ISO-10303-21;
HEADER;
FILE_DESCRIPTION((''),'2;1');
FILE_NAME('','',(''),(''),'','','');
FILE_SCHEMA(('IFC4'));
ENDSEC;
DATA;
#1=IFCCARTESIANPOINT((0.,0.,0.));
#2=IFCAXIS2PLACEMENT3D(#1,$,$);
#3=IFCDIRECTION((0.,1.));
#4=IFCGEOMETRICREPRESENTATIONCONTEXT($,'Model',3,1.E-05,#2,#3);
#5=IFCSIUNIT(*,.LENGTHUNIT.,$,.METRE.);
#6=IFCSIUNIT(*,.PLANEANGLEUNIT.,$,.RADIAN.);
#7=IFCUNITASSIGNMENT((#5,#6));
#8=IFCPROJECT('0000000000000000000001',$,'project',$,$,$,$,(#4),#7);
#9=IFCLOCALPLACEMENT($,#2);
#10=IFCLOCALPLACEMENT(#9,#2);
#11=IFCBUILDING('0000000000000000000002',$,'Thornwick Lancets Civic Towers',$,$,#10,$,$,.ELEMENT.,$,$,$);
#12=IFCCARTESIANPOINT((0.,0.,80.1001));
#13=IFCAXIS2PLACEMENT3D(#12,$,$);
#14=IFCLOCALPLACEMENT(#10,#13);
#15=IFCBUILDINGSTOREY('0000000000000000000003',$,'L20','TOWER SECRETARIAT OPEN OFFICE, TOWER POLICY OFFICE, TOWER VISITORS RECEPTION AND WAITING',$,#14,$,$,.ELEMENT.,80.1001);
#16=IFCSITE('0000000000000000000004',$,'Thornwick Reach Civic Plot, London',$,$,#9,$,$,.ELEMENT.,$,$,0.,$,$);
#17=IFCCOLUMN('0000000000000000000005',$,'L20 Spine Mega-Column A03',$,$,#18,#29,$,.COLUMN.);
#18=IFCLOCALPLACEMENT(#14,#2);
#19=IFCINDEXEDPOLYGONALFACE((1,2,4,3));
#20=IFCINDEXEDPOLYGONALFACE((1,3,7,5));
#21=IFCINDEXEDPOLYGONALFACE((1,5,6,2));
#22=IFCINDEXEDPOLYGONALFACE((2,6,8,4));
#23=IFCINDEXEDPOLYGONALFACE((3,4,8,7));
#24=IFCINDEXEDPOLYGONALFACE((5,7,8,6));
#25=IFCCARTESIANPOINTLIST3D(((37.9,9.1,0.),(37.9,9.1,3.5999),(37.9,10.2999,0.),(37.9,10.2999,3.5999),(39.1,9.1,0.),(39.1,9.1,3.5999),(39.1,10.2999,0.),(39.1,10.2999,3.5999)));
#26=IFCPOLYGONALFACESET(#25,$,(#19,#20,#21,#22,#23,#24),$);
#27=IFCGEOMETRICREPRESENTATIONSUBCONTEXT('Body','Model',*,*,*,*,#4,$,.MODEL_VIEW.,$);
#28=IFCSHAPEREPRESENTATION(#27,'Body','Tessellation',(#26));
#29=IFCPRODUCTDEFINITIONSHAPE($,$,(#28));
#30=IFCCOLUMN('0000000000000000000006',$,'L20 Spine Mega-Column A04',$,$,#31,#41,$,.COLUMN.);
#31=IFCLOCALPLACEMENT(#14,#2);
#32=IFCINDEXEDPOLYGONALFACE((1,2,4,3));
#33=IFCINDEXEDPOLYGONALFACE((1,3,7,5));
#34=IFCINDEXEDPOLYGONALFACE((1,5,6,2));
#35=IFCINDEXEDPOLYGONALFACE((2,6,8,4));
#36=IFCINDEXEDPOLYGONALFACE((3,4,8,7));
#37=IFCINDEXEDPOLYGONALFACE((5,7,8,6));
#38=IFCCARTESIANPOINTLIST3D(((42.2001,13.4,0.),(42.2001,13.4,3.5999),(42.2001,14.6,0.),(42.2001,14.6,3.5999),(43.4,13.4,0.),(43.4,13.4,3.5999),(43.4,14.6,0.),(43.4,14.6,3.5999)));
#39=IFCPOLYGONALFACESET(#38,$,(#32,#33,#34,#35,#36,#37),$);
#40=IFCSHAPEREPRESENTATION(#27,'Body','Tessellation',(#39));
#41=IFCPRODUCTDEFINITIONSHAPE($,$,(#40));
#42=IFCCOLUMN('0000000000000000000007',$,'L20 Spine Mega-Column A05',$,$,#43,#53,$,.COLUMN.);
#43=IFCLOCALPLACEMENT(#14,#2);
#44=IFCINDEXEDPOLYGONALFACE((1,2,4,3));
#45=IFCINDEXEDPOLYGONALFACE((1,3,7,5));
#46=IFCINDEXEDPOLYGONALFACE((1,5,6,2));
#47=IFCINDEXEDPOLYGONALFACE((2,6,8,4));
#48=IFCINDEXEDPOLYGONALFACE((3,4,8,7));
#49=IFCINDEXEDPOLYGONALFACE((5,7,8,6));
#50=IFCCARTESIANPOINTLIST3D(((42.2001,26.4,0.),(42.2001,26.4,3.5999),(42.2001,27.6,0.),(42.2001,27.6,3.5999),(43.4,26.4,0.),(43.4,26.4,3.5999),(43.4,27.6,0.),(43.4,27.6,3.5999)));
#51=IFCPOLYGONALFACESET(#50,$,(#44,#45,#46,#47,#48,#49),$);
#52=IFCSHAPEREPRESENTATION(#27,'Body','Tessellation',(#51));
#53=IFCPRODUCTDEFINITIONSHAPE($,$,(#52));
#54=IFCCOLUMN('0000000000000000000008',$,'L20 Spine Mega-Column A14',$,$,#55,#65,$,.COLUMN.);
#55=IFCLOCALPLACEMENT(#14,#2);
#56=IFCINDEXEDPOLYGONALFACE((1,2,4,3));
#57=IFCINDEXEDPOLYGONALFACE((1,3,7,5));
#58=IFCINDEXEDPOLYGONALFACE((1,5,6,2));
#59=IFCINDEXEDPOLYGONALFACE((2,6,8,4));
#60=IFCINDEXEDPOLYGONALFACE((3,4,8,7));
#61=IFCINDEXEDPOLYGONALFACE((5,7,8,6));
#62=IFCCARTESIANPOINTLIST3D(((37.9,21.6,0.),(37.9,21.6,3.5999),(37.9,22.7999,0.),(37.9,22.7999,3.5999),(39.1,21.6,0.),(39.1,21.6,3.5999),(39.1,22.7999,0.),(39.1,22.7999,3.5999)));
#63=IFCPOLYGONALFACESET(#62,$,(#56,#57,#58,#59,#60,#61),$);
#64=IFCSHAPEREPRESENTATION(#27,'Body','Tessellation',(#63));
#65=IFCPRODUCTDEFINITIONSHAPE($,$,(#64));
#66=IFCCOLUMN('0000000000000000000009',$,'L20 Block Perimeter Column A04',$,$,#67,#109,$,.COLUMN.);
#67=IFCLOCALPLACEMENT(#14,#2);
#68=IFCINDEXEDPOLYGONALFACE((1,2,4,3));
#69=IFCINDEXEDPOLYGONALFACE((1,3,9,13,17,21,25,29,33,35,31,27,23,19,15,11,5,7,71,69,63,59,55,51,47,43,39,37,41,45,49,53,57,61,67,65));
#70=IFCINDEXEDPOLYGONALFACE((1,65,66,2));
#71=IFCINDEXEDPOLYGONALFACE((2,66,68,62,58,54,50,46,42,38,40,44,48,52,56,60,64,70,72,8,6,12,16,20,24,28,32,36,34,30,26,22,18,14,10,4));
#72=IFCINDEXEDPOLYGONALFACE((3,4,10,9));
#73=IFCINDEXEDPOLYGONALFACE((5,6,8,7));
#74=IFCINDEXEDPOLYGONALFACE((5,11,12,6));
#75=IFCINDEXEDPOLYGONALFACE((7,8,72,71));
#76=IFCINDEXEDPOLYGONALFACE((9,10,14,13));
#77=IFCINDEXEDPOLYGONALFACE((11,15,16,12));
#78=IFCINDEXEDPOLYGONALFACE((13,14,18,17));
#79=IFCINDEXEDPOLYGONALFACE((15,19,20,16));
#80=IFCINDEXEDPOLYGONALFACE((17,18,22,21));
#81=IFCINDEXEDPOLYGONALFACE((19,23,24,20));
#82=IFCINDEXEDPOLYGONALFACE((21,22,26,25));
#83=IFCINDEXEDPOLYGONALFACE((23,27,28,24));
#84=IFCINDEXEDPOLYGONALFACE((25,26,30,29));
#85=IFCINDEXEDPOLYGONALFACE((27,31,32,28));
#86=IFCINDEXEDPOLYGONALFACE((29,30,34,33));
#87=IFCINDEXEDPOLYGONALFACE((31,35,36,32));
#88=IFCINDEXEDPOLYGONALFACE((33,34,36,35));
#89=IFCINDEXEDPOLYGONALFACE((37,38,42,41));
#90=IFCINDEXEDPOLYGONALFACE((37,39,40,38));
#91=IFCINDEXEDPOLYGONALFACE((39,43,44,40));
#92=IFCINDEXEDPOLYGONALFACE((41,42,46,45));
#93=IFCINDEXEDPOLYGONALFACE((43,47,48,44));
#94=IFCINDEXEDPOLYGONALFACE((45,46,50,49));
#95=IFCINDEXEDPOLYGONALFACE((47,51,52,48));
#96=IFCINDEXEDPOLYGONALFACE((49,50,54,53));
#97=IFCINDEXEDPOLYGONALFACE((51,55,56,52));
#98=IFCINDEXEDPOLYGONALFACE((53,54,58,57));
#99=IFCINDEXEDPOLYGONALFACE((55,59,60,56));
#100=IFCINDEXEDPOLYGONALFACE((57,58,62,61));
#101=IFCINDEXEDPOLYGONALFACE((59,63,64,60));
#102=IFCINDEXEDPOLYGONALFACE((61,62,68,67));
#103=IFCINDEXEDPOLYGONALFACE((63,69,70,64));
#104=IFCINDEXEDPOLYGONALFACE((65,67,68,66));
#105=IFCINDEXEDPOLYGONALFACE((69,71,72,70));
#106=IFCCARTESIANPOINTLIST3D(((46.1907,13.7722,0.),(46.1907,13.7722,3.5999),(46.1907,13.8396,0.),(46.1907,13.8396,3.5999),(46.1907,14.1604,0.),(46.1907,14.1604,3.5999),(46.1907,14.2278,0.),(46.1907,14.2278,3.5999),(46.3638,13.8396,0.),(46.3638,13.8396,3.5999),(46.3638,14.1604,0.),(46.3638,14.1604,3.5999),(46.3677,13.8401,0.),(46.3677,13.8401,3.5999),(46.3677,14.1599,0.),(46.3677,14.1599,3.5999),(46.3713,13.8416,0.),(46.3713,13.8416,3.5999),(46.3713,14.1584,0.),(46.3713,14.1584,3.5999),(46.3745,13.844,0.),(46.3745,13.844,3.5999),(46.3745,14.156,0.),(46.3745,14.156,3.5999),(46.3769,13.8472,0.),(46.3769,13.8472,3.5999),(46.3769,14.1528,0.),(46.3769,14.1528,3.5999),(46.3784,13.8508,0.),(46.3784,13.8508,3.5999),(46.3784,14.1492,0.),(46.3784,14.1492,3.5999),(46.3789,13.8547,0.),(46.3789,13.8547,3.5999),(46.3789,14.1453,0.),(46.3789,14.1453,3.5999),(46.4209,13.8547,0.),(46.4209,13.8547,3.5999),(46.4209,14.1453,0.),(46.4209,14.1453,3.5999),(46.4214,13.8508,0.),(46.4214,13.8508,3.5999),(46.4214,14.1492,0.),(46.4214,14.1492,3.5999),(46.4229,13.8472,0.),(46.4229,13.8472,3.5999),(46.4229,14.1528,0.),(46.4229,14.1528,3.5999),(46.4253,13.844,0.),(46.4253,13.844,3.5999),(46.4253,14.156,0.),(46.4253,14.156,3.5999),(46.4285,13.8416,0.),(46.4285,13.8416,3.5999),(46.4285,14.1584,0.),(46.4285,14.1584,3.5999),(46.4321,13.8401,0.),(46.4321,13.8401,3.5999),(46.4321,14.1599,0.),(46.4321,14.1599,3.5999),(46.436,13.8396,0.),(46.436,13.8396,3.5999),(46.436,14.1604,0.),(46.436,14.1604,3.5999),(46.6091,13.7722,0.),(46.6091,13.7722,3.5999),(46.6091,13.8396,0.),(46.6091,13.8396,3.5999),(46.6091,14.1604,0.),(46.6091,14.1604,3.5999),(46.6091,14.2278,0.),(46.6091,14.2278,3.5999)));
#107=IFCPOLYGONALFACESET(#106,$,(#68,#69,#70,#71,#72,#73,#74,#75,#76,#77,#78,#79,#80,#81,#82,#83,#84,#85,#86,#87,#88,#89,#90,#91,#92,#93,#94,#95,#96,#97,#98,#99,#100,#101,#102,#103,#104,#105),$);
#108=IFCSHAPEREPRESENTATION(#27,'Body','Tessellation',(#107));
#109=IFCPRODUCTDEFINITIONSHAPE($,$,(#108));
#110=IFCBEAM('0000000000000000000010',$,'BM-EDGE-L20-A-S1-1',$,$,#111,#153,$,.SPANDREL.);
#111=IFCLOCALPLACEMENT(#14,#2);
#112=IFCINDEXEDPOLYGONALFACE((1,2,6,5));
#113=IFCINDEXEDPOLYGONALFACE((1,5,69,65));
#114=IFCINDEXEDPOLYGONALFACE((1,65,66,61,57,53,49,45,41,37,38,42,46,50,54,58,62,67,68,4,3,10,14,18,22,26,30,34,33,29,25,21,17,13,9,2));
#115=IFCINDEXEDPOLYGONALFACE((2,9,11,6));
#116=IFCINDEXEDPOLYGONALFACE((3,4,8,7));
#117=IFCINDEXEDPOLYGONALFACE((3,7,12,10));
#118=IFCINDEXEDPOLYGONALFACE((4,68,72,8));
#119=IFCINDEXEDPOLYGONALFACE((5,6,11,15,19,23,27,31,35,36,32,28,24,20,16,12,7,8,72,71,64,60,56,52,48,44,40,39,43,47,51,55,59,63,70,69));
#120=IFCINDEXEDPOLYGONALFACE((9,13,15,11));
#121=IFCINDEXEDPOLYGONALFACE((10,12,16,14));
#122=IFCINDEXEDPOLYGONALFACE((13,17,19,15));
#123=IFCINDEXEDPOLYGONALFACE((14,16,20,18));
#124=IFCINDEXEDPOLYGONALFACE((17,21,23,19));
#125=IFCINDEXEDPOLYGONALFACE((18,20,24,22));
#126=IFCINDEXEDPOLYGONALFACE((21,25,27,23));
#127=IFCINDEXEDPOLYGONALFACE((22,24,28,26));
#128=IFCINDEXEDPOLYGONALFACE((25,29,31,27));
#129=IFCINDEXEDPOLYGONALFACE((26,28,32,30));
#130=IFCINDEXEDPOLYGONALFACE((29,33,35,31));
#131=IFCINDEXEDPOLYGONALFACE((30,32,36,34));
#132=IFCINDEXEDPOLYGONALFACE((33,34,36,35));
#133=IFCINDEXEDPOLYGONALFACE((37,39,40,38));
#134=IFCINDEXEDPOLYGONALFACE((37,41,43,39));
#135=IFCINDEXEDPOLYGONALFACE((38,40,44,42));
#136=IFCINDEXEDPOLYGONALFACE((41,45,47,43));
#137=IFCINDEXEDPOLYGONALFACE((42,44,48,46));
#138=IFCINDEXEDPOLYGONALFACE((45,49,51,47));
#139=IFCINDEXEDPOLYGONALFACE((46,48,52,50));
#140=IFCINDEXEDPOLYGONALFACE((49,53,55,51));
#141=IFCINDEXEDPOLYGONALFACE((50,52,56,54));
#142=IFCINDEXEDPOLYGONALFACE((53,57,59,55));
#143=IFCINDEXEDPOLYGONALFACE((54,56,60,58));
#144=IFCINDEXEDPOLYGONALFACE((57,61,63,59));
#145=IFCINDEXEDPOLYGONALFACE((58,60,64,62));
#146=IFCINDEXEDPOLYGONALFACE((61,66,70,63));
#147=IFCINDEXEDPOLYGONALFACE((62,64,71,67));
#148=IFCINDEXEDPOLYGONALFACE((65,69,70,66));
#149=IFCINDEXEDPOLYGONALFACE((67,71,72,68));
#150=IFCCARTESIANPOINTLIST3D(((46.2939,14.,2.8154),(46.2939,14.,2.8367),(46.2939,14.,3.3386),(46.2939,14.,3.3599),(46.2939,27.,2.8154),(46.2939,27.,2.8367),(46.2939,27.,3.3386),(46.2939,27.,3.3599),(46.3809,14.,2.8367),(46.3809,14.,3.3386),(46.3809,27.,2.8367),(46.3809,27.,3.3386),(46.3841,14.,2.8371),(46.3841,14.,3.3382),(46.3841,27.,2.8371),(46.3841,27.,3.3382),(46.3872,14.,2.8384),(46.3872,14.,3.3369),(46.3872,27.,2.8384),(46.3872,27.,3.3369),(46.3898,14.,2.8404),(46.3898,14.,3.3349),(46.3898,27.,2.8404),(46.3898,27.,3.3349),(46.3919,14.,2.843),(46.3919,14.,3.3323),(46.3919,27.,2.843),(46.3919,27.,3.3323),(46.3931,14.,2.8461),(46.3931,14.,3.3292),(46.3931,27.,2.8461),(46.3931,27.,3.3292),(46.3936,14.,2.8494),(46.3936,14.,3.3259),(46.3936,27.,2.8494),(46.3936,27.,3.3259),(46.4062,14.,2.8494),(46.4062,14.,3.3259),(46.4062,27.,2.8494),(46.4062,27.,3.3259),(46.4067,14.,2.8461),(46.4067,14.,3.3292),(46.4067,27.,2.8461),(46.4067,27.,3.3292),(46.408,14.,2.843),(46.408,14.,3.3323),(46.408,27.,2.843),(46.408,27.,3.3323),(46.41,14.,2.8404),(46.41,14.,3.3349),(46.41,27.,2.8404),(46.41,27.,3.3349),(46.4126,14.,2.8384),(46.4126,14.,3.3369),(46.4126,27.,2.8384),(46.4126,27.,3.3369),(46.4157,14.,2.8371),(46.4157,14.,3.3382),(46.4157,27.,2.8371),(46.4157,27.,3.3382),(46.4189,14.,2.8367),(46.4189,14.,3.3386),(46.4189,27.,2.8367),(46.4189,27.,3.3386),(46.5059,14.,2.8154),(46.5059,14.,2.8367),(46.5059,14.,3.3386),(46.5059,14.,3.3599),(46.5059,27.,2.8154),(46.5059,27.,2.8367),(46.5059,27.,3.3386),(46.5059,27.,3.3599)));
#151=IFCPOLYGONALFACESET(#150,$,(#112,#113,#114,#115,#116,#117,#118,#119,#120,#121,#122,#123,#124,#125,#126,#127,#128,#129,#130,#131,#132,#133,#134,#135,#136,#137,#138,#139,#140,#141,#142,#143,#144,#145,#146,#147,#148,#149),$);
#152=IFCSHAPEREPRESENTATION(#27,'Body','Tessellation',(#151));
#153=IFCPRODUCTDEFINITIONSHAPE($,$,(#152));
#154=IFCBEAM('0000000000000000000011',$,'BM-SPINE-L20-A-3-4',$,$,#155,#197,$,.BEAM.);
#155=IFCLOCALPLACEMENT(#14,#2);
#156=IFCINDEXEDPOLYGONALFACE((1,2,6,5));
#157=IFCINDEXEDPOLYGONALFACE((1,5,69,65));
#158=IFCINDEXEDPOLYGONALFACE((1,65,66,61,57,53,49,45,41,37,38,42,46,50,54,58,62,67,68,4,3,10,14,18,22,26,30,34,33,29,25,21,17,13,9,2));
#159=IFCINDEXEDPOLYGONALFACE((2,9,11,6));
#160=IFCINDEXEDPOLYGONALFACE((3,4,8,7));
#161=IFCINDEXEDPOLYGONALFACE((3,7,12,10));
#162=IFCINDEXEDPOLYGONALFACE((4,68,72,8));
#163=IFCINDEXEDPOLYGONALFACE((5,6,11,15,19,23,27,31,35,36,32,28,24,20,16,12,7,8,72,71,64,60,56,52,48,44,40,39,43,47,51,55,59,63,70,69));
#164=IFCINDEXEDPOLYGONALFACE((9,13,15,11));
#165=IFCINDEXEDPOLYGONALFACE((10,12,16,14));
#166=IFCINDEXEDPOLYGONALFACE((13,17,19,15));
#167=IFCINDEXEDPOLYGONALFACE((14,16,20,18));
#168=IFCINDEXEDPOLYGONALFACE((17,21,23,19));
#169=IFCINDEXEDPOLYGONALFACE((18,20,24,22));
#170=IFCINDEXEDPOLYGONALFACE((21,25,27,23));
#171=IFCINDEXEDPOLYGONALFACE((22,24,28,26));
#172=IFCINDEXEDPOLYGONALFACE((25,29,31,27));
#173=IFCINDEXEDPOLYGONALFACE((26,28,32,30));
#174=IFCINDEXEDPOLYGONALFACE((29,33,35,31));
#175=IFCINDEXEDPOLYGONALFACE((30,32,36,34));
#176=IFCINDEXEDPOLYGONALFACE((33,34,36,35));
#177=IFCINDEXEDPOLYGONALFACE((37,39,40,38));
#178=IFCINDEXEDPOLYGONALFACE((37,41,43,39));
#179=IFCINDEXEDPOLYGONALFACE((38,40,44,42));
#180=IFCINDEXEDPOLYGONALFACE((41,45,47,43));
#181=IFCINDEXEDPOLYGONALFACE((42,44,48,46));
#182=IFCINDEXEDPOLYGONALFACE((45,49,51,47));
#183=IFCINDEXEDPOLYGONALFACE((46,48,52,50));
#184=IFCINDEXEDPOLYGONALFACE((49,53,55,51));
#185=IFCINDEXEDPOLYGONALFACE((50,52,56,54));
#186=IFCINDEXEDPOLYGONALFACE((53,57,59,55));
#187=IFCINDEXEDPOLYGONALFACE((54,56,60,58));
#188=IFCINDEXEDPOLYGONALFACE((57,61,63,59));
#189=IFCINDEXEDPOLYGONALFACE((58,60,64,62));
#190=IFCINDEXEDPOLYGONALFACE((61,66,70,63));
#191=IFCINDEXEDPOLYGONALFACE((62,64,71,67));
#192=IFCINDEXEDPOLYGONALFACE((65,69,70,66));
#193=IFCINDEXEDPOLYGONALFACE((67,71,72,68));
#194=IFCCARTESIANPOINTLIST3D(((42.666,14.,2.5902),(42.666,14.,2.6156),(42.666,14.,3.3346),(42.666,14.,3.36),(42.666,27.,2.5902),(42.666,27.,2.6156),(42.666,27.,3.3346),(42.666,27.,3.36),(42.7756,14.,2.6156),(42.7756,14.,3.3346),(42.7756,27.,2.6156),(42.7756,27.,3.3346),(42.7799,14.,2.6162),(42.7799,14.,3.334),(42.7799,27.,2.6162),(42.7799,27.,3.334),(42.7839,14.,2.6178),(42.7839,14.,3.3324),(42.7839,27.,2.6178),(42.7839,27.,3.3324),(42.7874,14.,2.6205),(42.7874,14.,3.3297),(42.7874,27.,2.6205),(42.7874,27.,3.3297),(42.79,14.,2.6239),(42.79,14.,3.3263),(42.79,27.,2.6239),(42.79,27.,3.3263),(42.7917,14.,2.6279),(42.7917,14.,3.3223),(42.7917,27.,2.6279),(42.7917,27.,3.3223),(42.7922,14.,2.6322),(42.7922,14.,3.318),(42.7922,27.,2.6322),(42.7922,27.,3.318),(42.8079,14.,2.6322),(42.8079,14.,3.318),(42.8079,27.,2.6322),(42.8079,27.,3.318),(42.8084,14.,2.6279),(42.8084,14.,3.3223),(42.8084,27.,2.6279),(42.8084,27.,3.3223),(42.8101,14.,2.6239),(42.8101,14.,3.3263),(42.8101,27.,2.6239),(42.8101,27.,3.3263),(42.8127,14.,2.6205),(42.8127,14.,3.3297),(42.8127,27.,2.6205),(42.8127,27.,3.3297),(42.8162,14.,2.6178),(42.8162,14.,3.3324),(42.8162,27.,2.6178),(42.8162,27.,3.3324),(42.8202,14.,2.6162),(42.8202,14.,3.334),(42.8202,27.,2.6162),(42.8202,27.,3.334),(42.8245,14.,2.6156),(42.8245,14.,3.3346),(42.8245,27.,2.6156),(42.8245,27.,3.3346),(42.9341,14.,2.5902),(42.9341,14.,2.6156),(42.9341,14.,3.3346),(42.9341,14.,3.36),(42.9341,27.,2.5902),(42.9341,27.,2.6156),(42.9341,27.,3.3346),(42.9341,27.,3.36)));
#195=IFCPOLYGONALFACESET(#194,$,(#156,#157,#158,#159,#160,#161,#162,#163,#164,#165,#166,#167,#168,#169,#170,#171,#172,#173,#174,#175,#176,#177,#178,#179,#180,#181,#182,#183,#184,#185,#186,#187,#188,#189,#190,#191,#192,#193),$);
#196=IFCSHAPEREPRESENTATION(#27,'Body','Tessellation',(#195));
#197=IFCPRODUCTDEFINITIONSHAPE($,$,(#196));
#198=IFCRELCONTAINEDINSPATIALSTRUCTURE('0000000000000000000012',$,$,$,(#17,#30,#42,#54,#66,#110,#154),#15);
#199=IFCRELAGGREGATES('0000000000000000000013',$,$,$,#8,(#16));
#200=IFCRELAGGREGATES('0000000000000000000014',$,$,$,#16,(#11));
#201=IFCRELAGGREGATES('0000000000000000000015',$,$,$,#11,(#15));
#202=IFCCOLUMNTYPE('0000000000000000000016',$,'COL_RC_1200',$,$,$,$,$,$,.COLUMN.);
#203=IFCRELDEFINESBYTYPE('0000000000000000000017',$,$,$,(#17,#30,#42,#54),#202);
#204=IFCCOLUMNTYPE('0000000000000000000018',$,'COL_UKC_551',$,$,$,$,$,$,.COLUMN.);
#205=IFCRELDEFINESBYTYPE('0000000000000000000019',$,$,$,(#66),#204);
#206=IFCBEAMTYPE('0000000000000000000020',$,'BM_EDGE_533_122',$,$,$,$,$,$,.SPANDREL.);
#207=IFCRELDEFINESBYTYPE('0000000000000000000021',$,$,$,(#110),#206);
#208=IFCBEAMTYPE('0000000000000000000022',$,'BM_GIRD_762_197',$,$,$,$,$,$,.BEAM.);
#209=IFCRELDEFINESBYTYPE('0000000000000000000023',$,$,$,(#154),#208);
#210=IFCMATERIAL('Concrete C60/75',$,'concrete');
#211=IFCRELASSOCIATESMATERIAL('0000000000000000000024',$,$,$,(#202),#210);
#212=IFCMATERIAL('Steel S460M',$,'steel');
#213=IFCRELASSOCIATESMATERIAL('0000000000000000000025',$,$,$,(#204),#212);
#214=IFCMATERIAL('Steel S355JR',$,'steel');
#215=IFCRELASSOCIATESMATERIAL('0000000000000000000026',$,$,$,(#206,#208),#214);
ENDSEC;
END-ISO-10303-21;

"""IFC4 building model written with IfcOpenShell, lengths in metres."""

from ifc_helpers import new_model, si_unit, direction, frame, origin, origin_2d, place, context, subcontext, project, spatial, rectangle, i_section, extrude, material, material_profile, profile_set, type_object, element, save


model = new_model("IFC4")

# Units and contexts
model_context = context("Model", 3, precision=1e-05, world=origin(), true_north=direction((0.0, 1.0)))
body_context = subcontext(model_context, "Body", "Model", "MODEL_VIEW")
ifc_project = project(units=[si_unit("LENGTHUNIT", "METRE"), si_unit("PLANEANGLEUNIT", "RADIAN")], contexts=[model_context])

# Site, building, storey
site_placement = place(None, origin())
site = spatial("IfcSite", under=ifc_project, at=site_placement, Name="Thornwick Reach Civic Plot, London", CompositionType="ELEMENT", RefElevation=0.0)
building_placement = place(site_placement, origin())
building = spatial("IfcBuilding", under=site, at=building_placement, Name="Thornwick Lancets Civic Towers", CompositionType="ELEMENT")
storey_placement = place(building_placement, frame((0.0, 0.0, 80.1001)))
storey = spatial("IfcBuildingStorey", under=building, at=storey_placement, Name="L20", Description="TOWER SECRETARIAT OPEN OFFICE, TOWER POLICY OFFICE, TOWER VISITORS RECEPTION AND WAITING", CompositionType="ELEMENT", Elevation=80.1001)

# Columns
ifc_material_1 = material(Name="Concrete C60/75", Category="concrete")
ifc_material_profile_1 = material_profile(ifc_material_1, rectangle(XDim=1.2, YDim=1.2, at=origin_2d()), Name="RC 1200x1200")
ifc_profile_set_1 = profile_set([ifc_material_profile_1], Name="Concrete C60/75")
column_type_1 = type_object("IfcColumnType", Name="COL_RC_1200", PredefinedType="COLUMN", material=ifc_profile_set_1)
for number, where, z_axis, x_axis, name in (
    (1, (38.5, 9.7, 0.0), (0.0, 0.0, 1.0), (1.0, 0.0, 0.0), "L20 Spine Mega-Column A03"),
    (2, (42.8, 14.0, 0.0), (0.0, 0.0, 1.0), (1.0, 0.0, 0.0), "L20 Spine Mega-Column A04"),
    (3, (42.8, 27.0, 0.0), (0.0, 0.0, 1.0), (1.0, 0.0, 0.0), "L20 Spine Mega-Column A05"),
    (4, (38.5, 22.2, 0.0), (0.0, 0.0, 1.0), (1.0, 0.0, 0.0), "L20 Spine Mega-Column A14"),
):
    element("IfcColumn", number, at=place(storey_placement, frame(where, z_axis=z_axis, x_axis=x_axis)), inside=storey, type_object=column_type_1, Name=name, PredefinedType="COLUMN", context=body_context, shape_type="SweptSolid", body=[
        extrude(rectangle(XDim=1.2, YDim=1.2, at=origin_2d()), origin(), (0.0, 0.0, 1.0), 3.5999),
    ])
ifc_material_2 = material(Name="Steel S460M", Category="steel")
ifc_material_profile_2 = material_profile(ifc_material_2, i_section(OverallWidth=0.4185, OverallDepth=0.4556, WebThickness=0.042, FlangeThickness=0.0674, FilletRadius=0.0151, at=origin_2d()), Name="UKC 356x406x551")
ifc_profile_set_2 = profile_set([ifc_material_profile_2], Name="Steel S460M")
column_type_2 = type_object("IfcColumnType", Name="COL_UKC_551", PredefinedType="COLUMN", material=ifc_profile_set_2)
column_placement = place(storey_placement, frame((46.3999, 14.0, 0.0), z_axis=(0.0, 0.0, 1.0), x_axis=(1.0, 0.0, 0.0)))
element("IfcColumn", 5, at=column_placement, inside=storey, type_object=column_type_2, Name="L20 Block Perimeter Column A04", PredefinedType="COLUMN", context=body_context, shape_type="SweptSolid", body=[
    extrude(i_section(OverallWidth=0.4185, OverallDepth=0.4556, WebThickness=0.042, FlangeThickness=0.0674, FilletRadius=0.0151, at=origin_2d()), origin(), (0.0, 0.0, 1.0), 3.5999),
])

# Beams
ifc_material_3 = material(Name="Steel S355JR", Category="steel")
ifc_material_profile_3 = material_profile(ifc_material_3, i_section(OverallWidth=0.2119, OverallDepth=0.5444, WebThickness=0.0127, FlangeThickness=0.0212, FilletRadius=0.0127, at=origin_2d()), Name="UKB 533x210x122")
ifc_profile_set_3 = profile_set([ifc_material_profile_3], Name="Steel S355JR")
beam_type_1 = type_object("IfcBeamType", Name="BM_EDGE_533_122", PredefinedType="SPANDREL", material=ifc_profile_set_3)
beam_1_placement = place(storey_placement, frame((46.3999, 14.0, 3.0876), z_axis=(0.0, 1.0, 0.0), x_axis=(-1.0, 0.0, 0.0)))
element("IfcBeam", 6, at=beam_1_placement, inside=storey, type_object=beam_type_1, Name="BM-EDGE-L20-A-S1-1", PredefinedType="SPANDREL", context=body_context, shape_type="SweptSolid", body=[
    extrude(i_section(OverallWidth=0.2119, OverallDepth=0.5444, WebThickness=0.0127, FlangeThickness=0.0212, FilletRadius=0.0127, at=origin_2d()), origin(), (0.0, 0.0, 1.0), 13.0),
])
ifc_material_profile_4 = material_profile(ifc_material_3, i_section(OverallWidth=0.2681, OverallDepth=0.7698, WebThickness=0.0156, FlangeThickness=0.0254, FilletRadius=0.0166, at=origin_2d()), Name="UKB 762x267x197")
ifc_profile_set_4 = profile_set([ifc_material_profile_4], Name="Steel S355JR")
beam_type_2 = type_object("IfcBeamType", Name="BM_GIRD_762_197", PredefinedType="BEAM", material=ifc_profile_set_4)
beam_2_placement = place(storey_placement, frame((42.8, 14.0, 2.9751), z_axis=(0.0, 1.0, 0.0), x_axis=(-1.0, 0.0, 0.0)))
element("IfcBeam", 7, at=beam_2_placement, inside=storey, type_object=beam_type_2, Name="BM-SPINE-L20-A-3-4", PredefinedType="BEAM", context=body_context, shape_type="SweptSolid", body=[
    extrude(i_section(OverallWidth=0.2681, OverallDepth=0.7698, WebThickness=0.0156, FlangeThickness=0.0254, FilletRadius=0.0166, at=origin_2d()), origin(), (0.0, 0.0, 1.0), 13.0),
])

save(model, "model.ifc")
